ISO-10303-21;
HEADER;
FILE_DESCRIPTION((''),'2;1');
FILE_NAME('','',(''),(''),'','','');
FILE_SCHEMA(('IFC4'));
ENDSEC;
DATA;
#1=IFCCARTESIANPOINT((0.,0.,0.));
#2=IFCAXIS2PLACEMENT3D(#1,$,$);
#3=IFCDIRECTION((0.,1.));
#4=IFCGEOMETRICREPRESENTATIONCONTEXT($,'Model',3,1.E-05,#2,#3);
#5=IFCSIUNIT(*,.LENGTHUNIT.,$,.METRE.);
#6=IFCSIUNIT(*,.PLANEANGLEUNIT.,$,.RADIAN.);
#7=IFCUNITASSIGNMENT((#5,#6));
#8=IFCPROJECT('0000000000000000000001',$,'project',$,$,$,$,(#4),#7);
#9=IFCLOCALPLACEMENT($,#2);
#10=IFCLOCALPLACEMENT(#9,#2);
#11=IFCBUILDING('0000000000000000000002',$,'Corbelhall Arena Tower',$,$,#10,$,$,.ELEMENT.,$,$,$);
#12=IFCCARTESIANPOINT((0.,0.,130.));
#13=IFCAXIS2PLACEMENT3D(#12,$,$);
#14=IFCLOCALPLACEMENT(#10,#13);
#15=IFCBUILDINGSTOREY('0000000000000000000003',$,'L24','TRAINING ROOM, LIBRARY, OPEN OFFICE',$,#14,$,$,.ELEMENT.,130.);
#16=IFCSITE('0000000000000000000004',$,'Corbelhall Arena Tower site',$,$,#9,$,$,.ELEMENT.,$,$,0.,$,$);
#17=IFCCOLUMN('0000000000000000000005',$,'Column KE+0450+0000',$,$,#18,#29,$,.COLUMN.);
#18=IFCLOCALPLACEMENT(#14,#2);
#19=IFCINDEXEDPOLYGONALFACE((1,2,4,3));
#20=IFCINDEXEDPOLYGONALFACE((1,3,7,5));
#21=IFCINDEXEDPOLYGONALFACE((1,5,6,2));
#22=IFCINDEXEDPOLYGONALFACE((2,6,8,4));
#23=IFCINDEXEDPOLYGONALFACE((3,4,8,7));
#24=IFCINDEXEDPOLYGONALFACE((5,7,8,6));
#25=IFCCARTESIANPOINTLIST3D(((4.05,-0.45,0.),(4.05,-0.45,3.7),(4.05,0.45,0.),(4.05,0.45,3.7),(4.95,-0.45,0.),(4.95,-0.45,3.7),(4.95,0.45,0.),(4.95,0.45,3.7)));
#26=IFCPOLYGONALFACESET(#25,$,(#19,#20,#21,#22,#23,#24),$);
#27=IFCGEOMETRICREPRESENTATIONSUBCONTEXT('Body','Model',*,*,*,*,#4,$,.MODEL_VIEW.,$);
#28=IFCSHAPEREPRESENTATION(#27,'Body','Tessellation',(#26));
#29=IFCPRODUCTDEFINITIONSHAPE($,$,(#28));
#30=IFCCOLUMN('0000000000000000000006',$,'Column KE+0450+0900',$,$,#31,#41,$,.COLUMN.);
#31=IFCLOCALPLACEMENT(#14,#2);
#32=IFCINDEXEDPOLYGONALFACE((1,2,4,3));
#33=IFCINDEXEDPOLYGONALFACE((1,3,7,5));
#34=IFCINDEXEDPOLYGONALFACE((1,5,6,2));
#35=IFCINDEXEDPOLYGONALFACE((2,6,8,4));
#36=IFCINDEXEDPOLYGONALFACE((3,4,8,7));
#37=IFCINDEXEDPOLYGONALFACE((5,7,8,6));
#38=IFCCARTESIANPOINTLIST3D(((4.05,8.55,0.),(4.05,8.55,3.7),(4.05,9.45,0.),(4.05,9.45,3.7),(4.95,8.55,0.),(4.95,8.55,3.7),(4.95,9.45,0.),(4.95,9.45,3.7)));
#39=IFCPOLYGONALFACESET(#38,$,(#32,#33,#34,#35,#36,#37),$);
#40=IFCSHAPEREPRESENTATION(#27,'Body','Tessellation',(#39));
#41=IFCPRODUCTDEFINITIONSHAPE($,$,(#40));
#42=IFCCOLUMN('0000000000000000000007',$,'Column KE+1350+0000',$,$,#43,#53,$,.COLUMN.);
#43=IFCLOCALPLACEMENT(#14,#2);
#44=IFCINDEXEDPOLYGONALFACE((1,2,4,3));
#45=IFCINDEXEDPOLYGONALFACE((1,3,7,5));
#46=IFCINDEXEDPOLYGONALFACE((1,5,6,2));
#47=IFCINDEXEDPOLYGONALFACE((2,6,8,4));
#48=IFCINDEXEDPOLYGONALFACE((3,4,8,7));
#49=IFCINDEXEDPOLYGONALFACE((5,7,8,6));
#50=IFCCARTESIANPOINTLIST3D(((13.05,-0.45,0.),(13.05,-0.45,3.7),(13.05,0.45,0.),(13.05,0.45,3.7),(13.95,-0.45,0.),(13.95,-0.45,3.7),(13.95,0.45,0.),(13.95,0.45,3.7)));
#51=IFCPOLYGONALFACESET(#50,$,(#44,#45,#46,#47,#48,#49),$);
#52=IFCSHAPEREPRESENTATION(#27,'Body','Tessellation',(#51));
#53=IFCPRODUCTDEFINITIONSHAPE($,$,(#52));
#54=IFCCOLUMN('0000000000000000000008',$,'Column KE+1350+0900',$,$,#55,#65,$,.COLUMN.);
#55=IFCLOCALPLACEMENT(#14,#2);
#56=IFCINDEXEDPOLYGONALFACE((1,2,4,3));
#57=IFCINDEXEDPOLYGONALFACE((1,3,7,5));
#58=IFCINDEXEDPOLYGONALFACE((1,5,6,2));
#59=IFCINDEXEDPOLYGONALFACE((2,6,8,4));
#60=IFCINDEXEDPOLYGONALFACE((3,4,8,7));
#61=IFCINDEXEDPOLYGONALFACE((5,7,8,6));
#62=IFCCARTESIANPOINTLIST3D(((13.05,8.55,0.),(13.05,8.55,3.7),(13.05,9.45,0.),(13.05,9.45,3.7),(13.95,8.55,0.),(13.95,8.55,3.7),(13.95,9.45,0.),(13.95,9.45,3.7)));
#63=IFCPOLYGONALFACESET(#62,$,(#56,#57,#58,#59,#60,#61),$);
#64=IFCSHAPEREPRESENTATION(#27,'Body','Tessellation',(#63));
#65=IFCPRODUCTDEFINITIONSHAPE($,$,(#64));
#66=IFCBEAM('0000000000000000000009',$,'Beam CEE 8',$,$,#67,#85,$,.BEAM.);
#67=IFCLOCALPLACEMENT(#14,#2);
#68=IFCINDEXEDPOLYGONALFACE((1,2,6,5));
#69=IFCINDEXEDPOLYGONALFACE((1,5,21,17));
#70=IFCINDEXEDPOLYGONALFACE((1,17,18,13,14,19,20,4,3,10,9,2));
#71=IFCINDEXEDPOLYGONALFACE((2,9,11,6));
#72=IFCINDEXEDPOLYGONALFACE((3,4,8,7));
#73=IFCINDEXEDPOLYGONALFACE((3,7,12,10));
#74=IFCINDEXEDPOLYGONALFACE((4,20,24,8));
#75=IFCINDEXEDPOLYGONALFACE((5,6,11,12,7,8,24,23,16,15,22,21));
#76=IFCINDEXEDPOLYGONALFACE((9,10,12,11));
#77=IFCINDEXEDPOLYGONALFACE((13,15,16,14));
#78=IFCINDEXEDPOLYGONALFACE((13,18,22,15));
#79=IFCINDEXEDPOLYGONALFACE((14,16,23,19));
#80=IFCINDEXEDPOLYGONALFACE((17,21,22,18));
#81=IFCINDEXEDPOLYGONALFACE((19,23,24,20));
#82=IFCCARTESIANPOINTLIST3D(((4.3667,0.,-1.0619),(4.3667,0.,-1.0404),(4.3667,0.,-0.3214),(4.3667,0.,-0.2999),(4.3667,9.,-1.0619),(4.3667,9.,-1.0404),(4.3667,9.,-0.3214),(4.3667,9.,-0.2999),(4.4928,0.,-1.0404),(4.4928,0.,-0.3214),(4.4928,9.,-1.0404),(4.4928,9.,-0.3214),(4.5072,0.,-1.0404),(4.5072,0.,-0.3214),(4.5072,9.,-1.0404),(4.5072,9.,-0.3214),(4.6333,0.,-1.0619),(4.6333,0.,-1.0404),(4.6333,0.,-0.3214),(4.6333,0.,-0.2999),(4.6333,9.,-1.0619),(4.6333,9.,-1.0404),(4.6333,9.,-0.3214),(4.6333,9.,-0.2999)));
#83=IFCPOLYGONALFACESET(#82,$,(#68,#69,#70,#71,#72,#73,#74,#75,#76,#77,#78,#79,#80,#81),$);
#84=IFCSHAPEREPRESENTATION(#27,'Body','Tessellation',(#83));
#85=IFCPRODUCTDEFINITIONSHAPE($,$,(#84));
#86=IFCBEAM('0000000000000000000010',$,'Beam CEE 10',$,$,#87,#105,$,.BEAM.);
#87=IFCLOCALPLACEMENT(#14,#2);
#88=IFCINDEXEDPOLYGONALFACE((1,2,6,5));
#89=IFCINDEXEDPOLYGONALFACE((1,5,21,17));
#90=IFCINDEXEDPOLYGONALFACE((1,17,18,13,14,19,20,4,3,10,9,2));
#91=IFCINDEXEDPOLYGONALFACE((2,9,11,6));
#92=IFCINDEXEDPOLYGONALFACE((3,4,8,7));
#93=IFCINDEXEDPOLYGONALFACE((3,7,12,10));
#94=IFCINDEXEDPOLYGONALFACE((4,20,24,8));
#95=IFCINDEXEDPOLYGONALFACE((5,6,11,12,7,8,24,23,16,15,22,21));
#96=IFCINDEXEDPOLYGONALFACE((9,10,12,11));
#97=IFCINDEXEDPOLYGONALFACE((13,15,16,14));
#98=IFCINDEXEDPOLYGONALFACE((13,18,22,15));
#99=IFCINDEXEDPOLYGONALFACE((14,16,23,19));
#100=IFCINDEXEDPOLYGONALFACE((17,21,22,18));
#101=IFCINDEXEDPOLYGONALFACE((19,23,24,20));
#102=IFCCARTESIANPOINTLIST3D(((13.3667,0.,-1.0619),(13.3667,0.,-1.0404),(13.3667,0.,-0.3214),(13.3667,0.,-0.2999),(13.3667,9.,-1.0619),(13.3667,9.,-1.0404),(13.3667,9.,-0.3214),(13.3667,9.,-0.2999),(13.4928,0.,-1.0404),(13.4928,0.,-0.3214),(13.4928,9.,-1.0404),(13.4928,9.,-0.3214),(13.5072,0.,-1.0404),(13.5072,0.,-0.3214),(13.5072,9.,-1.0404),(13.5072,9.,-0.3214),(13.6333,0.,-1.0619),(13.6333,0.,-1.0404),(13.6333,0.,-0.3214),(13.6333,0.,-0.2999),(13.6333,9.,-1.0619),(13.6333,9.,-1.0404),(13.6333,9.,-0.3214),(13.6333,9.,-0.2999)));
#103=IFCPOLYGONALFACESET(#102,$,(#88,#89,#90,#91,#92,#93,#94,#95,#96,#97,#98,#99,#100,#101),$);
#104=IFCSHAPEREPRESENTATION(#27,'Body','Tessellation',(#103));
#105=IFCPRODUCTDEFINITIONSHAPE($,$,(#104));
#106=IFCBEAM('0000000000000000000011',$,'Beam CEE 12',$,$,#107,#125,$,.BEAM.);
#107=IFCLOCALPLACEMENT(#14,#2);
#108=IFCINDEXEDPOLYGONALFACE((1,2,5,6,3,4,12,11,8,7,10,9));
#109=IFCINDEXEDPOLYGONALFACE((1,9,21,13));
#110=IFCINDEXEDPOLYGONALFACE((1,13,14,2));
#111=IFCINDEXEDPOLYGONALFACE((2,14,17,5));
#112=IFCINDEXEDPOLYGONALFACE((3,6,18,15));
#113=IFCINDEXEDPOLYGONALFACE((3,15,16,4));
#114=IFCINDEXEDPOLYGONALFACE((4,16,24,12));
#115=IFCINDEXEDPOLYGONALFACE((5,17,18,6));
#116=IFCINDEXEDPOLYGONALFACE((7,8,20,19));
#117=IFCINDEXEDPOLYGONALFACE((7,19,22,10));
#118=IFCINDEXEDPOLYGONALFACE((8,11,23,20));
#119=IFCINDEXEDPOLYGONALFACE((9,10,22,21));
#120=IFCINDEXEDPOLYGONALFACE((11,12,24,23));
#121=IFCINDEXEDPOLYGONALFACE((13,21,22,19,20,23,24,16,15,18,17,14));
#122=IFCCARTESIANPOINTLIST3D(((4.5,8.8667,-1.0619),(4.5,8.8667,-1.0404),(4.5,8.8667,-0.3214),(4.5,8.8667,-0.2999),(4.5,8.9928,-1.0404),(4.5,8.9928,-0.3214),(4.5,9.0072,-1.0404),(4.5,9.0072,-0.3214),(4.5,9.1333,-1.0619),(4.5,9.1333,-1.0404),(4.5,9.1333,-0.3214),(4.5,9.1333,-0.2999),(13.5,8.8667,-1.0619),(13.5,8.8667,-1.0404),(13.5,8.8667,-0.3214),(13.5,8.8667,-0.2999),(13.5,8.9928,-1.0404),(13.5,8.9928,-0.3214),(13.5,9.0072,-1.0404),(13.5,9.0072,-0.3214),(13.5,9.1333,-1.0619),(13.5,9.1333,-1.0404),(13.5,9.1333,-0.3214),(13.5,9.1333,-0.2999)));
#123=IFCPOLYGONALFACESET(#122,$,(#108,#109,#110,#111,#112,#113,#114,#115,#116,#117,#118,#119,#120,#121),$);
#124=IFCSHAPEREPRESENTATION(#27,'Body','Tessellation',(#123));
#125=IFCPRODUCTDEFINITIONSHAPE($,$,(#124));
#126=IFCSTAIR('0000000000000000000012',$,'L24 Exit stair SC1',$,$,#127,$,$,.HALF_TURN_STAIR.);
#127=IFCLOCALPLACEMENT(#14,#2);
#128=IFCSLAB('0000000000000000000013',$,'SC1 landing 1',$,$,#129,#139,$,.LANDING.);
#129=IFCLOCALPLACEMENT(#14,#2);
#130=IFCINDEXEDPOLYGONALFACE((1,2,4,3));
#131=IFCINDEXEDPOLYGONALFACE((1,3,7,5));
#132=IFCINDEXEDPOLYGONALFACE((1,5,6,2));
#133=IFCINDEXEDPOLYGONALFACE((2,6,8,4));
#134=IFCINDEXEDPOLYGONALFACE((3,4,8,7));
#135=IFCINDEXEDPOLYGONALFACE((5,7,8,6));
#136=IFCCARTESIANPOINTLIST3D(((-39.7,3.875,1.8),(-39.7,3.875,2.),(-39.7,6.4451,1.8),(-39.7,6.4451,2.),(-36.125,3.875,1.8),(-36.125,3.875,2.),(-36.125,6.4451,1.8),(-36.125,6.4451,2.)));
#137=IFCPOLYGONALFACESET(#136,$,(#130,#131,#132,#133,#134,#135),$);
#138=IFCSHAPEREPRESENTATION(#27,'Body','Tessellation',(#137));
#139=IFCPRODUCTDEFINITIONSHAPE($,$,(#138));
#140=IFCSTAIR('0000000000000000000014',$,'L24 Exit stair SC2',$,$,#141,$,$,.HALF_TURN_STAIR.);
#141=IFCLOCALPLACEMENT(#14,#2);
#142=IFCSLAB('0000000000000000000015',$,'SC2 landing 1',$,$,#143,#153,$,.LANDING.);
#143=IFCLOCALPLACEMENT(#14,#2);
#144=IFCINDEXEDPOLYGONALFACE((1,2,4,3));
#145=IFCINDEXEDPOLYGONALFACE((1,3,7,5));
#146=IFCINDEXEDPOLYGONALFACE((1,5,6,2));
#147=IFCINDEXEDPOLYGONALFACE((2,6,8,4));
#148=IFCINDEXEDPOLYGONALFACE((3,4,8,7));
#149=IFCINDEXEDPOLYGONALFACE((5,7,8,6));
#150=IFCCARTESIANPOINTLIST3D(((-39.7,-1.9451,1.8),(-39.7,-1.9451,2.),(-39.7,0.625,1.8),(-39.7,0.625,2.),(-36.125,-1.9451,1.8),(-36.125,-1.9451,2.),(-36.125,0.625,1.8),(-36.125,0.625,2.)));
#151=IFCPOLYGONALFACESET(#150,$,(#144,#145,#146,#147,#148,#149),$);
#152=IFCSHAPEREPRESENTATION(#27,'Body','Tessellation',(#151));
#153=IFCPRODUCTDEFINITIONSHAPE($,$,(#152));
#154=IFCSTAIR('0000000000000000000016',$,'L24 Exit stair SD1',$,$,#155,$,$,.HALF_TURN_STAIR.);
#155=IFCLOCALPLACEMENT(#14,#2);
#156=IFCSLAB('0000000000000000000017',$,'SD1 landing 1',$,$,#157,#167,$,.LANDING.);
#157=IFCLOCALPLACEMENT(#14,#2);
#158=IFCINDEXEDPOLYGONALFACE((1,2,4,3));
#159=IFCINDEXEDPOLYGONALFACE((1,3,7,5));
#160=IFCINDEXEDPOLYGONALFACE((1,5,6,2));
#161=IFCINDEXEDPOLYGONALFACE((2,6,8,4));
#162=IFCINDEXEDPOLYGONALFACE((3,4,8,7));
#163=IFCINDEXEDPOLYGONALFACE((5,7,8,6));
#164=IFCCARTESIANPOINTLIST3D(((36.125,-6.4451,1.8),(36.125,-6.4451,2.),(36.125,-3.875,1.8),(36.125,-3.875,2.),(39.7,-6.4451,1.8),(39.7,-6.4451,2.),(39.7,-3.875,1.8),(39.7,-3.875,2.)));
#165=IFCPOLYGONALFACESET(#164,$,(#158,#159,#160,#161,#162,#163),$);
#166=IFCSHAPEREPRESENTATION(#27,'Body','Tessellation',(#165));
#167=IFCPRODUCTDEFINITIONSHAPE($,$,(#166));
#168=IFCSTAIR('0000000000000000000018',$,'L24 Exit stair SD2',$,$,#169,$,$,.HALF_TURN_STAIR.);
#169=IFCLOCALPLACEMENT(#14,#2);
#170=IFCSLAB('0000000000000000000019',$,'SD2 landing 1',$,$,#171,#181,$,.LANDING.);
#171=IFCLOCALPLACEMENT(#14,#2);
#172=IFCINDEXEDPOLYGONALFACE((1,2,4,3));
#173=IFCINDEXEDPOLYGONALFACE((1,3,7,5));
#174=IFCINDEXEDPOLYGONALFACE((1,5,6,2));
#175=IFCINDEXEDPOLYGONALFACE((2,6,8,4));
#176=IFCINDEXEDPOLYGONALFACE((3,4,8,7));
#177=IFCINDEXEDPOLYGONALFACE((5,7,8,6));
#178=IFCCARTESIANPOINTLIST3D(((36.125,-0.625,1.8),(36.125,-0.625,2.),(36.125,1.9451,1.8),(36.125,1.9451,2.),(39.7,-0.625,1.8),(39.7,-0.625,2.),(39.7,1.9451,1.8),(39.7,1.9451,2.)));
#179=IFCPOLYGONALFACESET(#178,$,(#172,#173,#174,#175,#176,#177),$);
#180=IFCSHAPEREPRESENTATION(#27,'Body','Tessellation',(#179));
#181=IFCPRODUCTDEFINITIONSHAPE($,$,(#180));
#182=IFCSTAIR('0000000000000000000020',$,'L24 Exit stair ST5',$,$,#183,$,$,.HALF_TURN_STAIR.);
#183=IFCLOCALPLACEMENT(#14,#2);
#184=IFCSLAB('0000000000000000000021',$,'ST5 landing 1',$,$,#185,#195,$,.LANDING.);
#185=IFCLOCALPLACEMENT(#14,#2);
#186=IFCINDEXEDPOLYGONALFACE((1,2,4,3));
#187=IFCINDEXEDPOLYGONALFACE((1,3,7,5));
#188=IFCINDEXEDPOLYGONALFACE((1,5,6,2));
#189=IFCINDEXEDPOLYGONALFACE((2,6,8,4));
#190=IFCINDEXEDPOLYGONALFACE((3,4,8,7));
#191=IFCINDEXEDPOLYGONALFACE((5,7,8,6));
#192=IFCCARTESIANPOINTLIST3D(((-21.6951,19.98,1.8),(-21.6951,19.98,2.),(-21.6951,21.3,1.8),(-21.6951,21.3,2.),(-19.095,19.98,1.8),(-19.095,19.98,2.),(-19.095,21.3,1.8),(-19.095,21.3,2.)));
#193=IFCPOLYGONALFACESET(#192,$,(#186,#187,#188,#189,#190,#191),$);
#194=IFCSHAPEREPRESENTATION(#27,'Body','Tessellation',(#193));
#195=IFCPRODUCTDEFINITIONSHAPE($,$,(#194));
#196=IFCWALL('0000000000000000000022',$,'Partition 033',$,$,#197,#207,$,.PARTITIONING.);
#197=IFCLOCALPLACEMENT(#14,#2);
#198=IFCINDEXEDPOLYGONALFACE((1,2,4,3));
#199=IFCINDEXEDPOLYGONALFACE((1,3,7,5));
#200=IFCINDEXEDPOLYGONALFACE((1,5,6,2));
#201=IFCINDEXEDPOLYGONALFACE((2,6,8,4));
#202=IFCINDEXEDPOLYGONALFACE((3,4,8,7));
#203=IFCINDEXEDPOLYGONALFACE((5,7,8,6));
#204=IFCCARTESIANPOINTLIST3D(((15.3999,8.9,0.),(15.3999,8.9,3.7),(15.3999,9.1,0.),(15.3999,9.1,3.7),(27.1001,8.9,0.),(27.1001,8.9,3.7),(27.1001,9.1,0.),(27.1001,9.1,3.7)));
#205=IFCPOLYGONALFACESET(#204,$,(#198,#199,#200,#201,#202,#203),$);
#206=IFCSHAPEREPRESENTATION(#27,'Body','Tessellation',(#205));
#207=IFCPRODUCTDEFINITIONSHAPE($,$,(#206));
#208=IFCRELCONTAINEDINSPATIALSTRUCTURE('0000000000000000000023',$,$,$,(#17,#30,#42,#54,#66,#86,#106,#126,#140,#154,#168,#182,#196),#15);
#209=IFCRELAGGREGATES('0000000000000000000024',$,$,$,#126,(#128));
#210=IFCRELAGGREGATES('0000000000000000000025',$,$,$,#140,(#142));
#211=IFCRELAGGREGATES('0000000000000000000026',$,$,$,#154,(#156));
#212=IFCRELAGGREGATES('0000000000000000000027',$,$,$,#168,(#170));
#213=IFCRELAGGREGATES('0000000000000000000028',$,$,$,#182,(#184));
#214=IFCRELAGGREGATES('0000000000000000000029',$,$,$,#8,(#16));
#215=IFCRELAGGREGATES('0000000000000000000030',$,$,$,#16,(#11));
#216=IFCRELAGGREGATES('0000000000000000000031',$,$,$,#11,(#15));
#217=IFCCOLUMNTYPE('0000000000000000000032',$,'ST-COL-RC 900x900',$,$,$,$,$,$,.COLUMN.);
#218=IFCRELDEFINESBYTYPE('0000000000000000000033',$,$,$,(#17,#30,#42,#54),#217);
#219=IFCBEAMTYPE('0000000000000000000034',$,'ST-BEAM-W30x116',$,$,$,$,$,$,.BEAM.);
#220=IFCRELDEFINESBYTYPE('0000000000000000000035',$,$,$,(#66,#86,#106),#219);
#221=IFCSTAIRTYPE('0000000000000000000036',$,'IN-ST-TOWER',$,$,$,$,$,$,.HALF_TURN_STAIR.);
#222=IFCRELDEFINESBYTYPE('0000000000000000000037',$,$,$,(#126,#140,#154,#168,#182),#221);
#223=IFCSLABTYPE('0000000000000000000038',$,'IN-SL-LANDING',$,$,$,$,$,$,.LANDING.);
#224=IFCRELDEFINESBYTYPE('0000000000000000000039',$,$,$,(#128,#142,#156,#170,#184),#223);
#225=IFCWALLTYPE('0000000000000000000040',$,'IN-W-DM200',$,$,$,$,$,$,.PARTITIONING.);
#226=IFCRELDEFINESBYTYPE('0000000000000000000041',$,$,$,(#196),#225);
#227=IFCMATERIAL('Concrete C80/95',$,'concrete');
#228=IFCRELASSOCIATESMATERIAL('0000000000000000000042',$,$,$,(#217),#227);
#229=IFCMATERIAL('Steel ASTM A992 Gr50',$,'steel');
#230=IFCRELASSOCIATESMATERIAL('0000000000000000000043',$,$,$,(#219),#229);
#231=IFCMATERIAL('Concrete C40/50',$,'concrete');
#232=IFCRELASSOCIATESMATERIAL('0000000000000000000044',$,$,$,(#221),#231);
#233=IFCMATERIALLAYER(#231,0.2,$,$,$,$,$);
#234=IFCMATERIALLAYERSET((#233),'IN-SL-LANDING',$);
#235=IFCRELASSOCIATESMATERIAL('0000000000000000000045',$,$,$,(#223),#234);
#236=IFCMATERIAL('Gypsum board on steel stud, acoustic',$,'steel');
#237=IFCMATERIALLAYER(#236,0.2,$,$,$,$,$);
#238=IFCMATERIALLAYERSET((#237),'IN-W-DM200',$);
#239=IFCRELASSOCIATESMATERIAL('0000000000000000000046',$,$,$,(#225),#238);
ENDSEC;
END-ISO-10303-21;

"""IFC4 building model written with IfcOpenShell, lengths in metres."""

from ifc_helpers import new_model, si_unit, direction, frame, frame_2d, origin, origin_2d, place, context, subcontext, project, spatial, polyline, rectangle, i_section, outline, extrude, material, layer, layer_set, material_profile, profile_set, type_object, element, aggregate, save


model = new_model("IFC4")

# Units and contexts
model_context = context("Model", 3, precision=1e-05, world=origin(), true_north=direction((0.0, 1.0)))
body_context = subcontext(model_context, "Body", "Model", "MODEL_VIEW")
ifc_project = project(units=[si_unit("LENGTHUNIT", "METRE"), si_unit("PLANEANGLEUNIT", "RADIAN")], contexts=[model_context])

# Site, building, storey
site_placement = place(None, origin())
site = spatial("IfcSite", under=ifc_project, at=site_placement, Name="Corbelhall Arena Tower site", CompositionType="ELEMENT", RefElevation=0.0)
building_placement = place(site_placement, origin())
building = spatial("IfcBuilding", under=site, at=building_placement, Name="Corbelhall Arena Tower", CompositionType="ELEMENT")
storey_placement = place(building_placement, frame((0.0, 0.0, 130.0)))
storey = spatial("IfcBuildingStorey", under=building, at=storey_placement, Name="L24", Description="TRAINING ROOM, LIBRARY, OPEN OFFICE", CompositionType="ELEMENT", Elevation=130.0)

# Columns
ifc_material_1 = material(Name="Concrete C80/95", Category="concrete")
ifc_material_profile_1 = material_profile(ifc_material_1, rectangle(XDim=0.8999, YDim=0.8999, at=origin_2d()))
ifc_profile_set_1 = profile_set([ifc_material_profile_1], Name="Concrete C80/95")
column_type = type_object("IfcColumnType", Name="ST-COL-RC 900x900", PredefinedType="COLUMN", material=ifc_profile_set_1)
for number, where, z_axis, x_axis, name in (
    (1, (4.5, 0.0, 0.0), (0.0, 0.0, 1.0), (1.0, 0.0, 0.0), "Column KE+0450+0000"),
    (2, (4.5, 9.0, 0.0), (0.0, 0.0, 1.0), (1.0, 0.0, 0.0), "Column KE+0450+0900"),
    (3, (13.5, 0.0, 0.0), (0.0, 0.0, 1.0), (1.0, 0.0, 0.0), "Column KE+1350+0000"),
    (4, (13.5, 9.0, 0.0), (0.0, 0.0, 1.0), (1.0, 0.0, 0.0), "Column KE+1350+0900"),
):
    element("IfcColumn", number, at=place(storey_placement, frame(where, z_axis=z_axis, x_axis=x_axis)), inside=storey, type_object=column_type, Name=name, PredefinedType="COLUMN", context=body_context, shape_type="SweptSolid", body=[
        extrude(rectangle(XDim=0.8999, YDim=0.8999, at=origin_2d()), origin(), (0.0, 0.0, 1.0), 3.7),
    ])

# Beams
ifc_material_2 = material(Name="Steel ASTM A992 Gr50", Category="steel")
ifc_material_profile_2 = material_profile(ifc_material_2, i_section(OverallWidth=0.2666, OverallDepth=0.762, WebThickness=0.0144, FlangeThickness=0.0215, at=origin_2d()))
ifc_profile_set_2 = profile_set([ifc_material_profile_2], Name="Steel ASTM A992 Gr50")
beam_type = type_object("IfcBeamType", Name="ST-BEAM-W30x116", PredefinedType="BEAM", material=ifc_profile_set_2)
for number, where, z_axis, x_axis, name in (
    (5, (4.5, 0.0, -0.6809), (0.0, 1.0, 0.0), (-1.0, 0.0, 0.0), "Beam CEE 8"),
    (6, (13.5, 0.0, -0.6809), (0.0, 1.0, 0.0), (-1.0, 0.0, 0.0), "Beam CEE 10"),
    (7, (4.5, 9.0, -0.6809), (1.0, 0.0, 0.0), (0.0, 1.0, 0.0), "Beam CEE 12"),
):
    element("IfcBeam", number, at=place(storey_placement, frame(where, z_axis=z_axis, x_axis=x_axis)), inside=storey, type_object=beam_type, Name=name, PredefinedType="BEAM", context=body_context, shape_type="SweptSolid", body=[
        extrude(i_section(OverallWidth=0.2666, OverallDepth=0.762, WebThickness=0.0144, FlangeThickness=0.0215, at=origin_2d()), origin(), (0.0, 0.0, 1.0), 9.0),
    ])

# Stairs, slabs
ifc_material_3 = material(Name="Concrete C40/50", Category="concrete")
stair_type = type_object("IfcStairType", Name="IN-ST-TOWER", PredefinedType="HALF_TURN_STAIR", material=ifc_material_3)
stair_1_placement = place(storey_placement, origin())
stair_1 = element("IfcStair", 8, at=stair_1_placement, inside=storey, type_object=stair_type, Name="L24 Exit stair SC1", PredefinedType="HALF_TURN_STAIR")
ifc_layer_1 = layer(ifc_material_3, 0.2)
ifc_layer_set_1 = layer_set([ifc_layer_1], Name="IN-SL-LANDING")
slab_type = type_object("IfcSlabType", Name="IN-SL-LANDING", PredefinedType="LANDING", material=ifc_layer_set_1)
slab_1_placement = place(storey_placement, frame((0.0, 0.0, 1.8)))
slab_1 = element("IfcSlab", 9, at=slab_1_placement, type_object=slab_type, Name="SC1 landing 1", PredefinedType="LANDING", context=body_context, shape_type="SweptSolid", body=[
    extrude(outline(polyline([(-39.7, 6.4451), (-39.7, 3.875), (-36.125, 3.875), (-36.125, 6.4451), (-39.7, 6.4451)])), origin(), (0.0, 0.0, 1.0), 0.2),
])
aggregate(stair_1, [slab_1])
stair_2_placement = place(storey_placement, origin())
stair_2 = element("IfcStair", 10, at=stair_2_placement, inside=storey, type_object=stair_type, Name="L24 Exit stair SC2", PredefinedType="HALF_TURN_STAIR")
slab_2_placement = place(storey_placement, frame((0.0, 0.0, 1.8)))
slab_2 = element("IfcSlab", 11, at=slab_2_placement, type_object=slab_type, Name="SC2 landing 1", PredefinedType="LANDING", context=body_context, shape_type="SweptSolid", body=[
    extrude(outline(polyline([(-36.125, -1.9451), (-36.125, 0.625), (-39.7, 0.625), (-39.7, -1.9451), (-36.125, -1.9451)])), origin(), (0.0, 0.0, 1.0), 0.2),
])
aggregate(stair_2, [slab_2])
stair_3_placement = place(storey_placement, origin())
stair_3 = element("IfcStair", 12, at=stair_3_placement, inside=storey, type_object=stair_type, Name="L24 Exit stair SD1", PredefinedType="HALF_TURN_STAIR")
slab_3_placement = place(storey_placement, frame((0.0, 0.0, 1.8)))
slab_3 = element("IfcSlab", 13, at=slab_3_placement, type_object=slab_type, Name="SD1 landing 1", PredefinedType="LANDING", context=body_context, shape_type="SweptSolid", body=[
    extrude(outline(polyline([(39.7, -6.4451), (39.7, -3.875), (36.125, -3.875), (36.125, -6.4451), (39.7, -6.4451)])), origin(), (0.0, 0.0, 1.0), 0.2),
])
aggregate(stair_3, [slab_3])
stair_4_placement = place(storey_placement, origin())
stair_4 = element("IfcStair", 14, at=stair_4_placement, inside=storey, type_object=stair_type, Name="L24 Exit stair SD2", PredefinedType="HALF_TURN_STAIR")
slab_4_placement = place(storey_placement, frame((0.0, 0.0, 1.8)))
slab_4 = element("IfcSlab", 15, at=slab_4_placement, type_object=slab_type, Name="SD2 landing 1", PredefinedType="LANDING", context=body_context, shape_type="SweptSolid", body=[
    extrude(outline(polyline([(36.125, 1.9451), (36.125, -0.625), (39.7, -0.625), (39.7, 1.9451), (36.125, 1.9451)])), origin(), (0.0, 0.0, 1.0), 0.2),
])
aggregate(stair_4, [slab_4])
stair_5_placement = place(storey_placement, origin())
stair_5 = element("IfcStair", 16, at=stair_5_placement, inside=storey, type_object=stair_type, Name="L24 Exit stair ST5", PredefinedType="HALF_TURN_STAIR")
slab_5_placement = place(storey_placement, frame((0.0, 0.0, 1.8)))
slab_5 = element("IfcSlab", 17, at=slab_5_placement, type_object=slab_type, Name="ST5 landing 1", PredefinedType="LANDING", context=body_context, shape_type="SweptSolid", body=[
    extrude(outline(polyline([(-19.095, 19.98), (-19.095, 21.3), (-21.6951, 21.3), (-21.6951, 19.98), (-19.095, 19.98)])), origin(), (0.0, 0.0, 1.0), 0.2),
])
aggregate(stair_5, [slab_5])

# Wall
ifc_material_4 = material(Name="Gypsum board on steel stud, acoustic", Category="steel")
ifc_layer_2 = layer(ifc_material_4, 0.2)
ifc_layer_set_2 = layer_set([ifc_layer_2], Name="IN-W-DM200")
wall_type_1 = type_object("IfcWallType", Name="IN-W-DM200", PredefinedType="PARTITIONING", material=ifc_layer_set_2)
wall_1_placement = place(storey_placement, frame((15.3999, 9.0, 0.0), z_axis=(0.0, 0.0, 1.0), x_axis=(1.0, 0.0, 0.0)))
element("IfcWall", 18, at=wall_1_placement, inside=storey, type_object=wall_type_1, Name="Partition 033", PredefinedType="PARTITIONING", context=body_context, shape_type="SweptSolid", body=[
    extrude(rectangle(XDim=11.7002, YDim=0.2, at=frame_2d((5.8501, 0.0))), origin(), (0.0, 0.0, 1.0), 3.7),
])

save(model, "model.ifc")
